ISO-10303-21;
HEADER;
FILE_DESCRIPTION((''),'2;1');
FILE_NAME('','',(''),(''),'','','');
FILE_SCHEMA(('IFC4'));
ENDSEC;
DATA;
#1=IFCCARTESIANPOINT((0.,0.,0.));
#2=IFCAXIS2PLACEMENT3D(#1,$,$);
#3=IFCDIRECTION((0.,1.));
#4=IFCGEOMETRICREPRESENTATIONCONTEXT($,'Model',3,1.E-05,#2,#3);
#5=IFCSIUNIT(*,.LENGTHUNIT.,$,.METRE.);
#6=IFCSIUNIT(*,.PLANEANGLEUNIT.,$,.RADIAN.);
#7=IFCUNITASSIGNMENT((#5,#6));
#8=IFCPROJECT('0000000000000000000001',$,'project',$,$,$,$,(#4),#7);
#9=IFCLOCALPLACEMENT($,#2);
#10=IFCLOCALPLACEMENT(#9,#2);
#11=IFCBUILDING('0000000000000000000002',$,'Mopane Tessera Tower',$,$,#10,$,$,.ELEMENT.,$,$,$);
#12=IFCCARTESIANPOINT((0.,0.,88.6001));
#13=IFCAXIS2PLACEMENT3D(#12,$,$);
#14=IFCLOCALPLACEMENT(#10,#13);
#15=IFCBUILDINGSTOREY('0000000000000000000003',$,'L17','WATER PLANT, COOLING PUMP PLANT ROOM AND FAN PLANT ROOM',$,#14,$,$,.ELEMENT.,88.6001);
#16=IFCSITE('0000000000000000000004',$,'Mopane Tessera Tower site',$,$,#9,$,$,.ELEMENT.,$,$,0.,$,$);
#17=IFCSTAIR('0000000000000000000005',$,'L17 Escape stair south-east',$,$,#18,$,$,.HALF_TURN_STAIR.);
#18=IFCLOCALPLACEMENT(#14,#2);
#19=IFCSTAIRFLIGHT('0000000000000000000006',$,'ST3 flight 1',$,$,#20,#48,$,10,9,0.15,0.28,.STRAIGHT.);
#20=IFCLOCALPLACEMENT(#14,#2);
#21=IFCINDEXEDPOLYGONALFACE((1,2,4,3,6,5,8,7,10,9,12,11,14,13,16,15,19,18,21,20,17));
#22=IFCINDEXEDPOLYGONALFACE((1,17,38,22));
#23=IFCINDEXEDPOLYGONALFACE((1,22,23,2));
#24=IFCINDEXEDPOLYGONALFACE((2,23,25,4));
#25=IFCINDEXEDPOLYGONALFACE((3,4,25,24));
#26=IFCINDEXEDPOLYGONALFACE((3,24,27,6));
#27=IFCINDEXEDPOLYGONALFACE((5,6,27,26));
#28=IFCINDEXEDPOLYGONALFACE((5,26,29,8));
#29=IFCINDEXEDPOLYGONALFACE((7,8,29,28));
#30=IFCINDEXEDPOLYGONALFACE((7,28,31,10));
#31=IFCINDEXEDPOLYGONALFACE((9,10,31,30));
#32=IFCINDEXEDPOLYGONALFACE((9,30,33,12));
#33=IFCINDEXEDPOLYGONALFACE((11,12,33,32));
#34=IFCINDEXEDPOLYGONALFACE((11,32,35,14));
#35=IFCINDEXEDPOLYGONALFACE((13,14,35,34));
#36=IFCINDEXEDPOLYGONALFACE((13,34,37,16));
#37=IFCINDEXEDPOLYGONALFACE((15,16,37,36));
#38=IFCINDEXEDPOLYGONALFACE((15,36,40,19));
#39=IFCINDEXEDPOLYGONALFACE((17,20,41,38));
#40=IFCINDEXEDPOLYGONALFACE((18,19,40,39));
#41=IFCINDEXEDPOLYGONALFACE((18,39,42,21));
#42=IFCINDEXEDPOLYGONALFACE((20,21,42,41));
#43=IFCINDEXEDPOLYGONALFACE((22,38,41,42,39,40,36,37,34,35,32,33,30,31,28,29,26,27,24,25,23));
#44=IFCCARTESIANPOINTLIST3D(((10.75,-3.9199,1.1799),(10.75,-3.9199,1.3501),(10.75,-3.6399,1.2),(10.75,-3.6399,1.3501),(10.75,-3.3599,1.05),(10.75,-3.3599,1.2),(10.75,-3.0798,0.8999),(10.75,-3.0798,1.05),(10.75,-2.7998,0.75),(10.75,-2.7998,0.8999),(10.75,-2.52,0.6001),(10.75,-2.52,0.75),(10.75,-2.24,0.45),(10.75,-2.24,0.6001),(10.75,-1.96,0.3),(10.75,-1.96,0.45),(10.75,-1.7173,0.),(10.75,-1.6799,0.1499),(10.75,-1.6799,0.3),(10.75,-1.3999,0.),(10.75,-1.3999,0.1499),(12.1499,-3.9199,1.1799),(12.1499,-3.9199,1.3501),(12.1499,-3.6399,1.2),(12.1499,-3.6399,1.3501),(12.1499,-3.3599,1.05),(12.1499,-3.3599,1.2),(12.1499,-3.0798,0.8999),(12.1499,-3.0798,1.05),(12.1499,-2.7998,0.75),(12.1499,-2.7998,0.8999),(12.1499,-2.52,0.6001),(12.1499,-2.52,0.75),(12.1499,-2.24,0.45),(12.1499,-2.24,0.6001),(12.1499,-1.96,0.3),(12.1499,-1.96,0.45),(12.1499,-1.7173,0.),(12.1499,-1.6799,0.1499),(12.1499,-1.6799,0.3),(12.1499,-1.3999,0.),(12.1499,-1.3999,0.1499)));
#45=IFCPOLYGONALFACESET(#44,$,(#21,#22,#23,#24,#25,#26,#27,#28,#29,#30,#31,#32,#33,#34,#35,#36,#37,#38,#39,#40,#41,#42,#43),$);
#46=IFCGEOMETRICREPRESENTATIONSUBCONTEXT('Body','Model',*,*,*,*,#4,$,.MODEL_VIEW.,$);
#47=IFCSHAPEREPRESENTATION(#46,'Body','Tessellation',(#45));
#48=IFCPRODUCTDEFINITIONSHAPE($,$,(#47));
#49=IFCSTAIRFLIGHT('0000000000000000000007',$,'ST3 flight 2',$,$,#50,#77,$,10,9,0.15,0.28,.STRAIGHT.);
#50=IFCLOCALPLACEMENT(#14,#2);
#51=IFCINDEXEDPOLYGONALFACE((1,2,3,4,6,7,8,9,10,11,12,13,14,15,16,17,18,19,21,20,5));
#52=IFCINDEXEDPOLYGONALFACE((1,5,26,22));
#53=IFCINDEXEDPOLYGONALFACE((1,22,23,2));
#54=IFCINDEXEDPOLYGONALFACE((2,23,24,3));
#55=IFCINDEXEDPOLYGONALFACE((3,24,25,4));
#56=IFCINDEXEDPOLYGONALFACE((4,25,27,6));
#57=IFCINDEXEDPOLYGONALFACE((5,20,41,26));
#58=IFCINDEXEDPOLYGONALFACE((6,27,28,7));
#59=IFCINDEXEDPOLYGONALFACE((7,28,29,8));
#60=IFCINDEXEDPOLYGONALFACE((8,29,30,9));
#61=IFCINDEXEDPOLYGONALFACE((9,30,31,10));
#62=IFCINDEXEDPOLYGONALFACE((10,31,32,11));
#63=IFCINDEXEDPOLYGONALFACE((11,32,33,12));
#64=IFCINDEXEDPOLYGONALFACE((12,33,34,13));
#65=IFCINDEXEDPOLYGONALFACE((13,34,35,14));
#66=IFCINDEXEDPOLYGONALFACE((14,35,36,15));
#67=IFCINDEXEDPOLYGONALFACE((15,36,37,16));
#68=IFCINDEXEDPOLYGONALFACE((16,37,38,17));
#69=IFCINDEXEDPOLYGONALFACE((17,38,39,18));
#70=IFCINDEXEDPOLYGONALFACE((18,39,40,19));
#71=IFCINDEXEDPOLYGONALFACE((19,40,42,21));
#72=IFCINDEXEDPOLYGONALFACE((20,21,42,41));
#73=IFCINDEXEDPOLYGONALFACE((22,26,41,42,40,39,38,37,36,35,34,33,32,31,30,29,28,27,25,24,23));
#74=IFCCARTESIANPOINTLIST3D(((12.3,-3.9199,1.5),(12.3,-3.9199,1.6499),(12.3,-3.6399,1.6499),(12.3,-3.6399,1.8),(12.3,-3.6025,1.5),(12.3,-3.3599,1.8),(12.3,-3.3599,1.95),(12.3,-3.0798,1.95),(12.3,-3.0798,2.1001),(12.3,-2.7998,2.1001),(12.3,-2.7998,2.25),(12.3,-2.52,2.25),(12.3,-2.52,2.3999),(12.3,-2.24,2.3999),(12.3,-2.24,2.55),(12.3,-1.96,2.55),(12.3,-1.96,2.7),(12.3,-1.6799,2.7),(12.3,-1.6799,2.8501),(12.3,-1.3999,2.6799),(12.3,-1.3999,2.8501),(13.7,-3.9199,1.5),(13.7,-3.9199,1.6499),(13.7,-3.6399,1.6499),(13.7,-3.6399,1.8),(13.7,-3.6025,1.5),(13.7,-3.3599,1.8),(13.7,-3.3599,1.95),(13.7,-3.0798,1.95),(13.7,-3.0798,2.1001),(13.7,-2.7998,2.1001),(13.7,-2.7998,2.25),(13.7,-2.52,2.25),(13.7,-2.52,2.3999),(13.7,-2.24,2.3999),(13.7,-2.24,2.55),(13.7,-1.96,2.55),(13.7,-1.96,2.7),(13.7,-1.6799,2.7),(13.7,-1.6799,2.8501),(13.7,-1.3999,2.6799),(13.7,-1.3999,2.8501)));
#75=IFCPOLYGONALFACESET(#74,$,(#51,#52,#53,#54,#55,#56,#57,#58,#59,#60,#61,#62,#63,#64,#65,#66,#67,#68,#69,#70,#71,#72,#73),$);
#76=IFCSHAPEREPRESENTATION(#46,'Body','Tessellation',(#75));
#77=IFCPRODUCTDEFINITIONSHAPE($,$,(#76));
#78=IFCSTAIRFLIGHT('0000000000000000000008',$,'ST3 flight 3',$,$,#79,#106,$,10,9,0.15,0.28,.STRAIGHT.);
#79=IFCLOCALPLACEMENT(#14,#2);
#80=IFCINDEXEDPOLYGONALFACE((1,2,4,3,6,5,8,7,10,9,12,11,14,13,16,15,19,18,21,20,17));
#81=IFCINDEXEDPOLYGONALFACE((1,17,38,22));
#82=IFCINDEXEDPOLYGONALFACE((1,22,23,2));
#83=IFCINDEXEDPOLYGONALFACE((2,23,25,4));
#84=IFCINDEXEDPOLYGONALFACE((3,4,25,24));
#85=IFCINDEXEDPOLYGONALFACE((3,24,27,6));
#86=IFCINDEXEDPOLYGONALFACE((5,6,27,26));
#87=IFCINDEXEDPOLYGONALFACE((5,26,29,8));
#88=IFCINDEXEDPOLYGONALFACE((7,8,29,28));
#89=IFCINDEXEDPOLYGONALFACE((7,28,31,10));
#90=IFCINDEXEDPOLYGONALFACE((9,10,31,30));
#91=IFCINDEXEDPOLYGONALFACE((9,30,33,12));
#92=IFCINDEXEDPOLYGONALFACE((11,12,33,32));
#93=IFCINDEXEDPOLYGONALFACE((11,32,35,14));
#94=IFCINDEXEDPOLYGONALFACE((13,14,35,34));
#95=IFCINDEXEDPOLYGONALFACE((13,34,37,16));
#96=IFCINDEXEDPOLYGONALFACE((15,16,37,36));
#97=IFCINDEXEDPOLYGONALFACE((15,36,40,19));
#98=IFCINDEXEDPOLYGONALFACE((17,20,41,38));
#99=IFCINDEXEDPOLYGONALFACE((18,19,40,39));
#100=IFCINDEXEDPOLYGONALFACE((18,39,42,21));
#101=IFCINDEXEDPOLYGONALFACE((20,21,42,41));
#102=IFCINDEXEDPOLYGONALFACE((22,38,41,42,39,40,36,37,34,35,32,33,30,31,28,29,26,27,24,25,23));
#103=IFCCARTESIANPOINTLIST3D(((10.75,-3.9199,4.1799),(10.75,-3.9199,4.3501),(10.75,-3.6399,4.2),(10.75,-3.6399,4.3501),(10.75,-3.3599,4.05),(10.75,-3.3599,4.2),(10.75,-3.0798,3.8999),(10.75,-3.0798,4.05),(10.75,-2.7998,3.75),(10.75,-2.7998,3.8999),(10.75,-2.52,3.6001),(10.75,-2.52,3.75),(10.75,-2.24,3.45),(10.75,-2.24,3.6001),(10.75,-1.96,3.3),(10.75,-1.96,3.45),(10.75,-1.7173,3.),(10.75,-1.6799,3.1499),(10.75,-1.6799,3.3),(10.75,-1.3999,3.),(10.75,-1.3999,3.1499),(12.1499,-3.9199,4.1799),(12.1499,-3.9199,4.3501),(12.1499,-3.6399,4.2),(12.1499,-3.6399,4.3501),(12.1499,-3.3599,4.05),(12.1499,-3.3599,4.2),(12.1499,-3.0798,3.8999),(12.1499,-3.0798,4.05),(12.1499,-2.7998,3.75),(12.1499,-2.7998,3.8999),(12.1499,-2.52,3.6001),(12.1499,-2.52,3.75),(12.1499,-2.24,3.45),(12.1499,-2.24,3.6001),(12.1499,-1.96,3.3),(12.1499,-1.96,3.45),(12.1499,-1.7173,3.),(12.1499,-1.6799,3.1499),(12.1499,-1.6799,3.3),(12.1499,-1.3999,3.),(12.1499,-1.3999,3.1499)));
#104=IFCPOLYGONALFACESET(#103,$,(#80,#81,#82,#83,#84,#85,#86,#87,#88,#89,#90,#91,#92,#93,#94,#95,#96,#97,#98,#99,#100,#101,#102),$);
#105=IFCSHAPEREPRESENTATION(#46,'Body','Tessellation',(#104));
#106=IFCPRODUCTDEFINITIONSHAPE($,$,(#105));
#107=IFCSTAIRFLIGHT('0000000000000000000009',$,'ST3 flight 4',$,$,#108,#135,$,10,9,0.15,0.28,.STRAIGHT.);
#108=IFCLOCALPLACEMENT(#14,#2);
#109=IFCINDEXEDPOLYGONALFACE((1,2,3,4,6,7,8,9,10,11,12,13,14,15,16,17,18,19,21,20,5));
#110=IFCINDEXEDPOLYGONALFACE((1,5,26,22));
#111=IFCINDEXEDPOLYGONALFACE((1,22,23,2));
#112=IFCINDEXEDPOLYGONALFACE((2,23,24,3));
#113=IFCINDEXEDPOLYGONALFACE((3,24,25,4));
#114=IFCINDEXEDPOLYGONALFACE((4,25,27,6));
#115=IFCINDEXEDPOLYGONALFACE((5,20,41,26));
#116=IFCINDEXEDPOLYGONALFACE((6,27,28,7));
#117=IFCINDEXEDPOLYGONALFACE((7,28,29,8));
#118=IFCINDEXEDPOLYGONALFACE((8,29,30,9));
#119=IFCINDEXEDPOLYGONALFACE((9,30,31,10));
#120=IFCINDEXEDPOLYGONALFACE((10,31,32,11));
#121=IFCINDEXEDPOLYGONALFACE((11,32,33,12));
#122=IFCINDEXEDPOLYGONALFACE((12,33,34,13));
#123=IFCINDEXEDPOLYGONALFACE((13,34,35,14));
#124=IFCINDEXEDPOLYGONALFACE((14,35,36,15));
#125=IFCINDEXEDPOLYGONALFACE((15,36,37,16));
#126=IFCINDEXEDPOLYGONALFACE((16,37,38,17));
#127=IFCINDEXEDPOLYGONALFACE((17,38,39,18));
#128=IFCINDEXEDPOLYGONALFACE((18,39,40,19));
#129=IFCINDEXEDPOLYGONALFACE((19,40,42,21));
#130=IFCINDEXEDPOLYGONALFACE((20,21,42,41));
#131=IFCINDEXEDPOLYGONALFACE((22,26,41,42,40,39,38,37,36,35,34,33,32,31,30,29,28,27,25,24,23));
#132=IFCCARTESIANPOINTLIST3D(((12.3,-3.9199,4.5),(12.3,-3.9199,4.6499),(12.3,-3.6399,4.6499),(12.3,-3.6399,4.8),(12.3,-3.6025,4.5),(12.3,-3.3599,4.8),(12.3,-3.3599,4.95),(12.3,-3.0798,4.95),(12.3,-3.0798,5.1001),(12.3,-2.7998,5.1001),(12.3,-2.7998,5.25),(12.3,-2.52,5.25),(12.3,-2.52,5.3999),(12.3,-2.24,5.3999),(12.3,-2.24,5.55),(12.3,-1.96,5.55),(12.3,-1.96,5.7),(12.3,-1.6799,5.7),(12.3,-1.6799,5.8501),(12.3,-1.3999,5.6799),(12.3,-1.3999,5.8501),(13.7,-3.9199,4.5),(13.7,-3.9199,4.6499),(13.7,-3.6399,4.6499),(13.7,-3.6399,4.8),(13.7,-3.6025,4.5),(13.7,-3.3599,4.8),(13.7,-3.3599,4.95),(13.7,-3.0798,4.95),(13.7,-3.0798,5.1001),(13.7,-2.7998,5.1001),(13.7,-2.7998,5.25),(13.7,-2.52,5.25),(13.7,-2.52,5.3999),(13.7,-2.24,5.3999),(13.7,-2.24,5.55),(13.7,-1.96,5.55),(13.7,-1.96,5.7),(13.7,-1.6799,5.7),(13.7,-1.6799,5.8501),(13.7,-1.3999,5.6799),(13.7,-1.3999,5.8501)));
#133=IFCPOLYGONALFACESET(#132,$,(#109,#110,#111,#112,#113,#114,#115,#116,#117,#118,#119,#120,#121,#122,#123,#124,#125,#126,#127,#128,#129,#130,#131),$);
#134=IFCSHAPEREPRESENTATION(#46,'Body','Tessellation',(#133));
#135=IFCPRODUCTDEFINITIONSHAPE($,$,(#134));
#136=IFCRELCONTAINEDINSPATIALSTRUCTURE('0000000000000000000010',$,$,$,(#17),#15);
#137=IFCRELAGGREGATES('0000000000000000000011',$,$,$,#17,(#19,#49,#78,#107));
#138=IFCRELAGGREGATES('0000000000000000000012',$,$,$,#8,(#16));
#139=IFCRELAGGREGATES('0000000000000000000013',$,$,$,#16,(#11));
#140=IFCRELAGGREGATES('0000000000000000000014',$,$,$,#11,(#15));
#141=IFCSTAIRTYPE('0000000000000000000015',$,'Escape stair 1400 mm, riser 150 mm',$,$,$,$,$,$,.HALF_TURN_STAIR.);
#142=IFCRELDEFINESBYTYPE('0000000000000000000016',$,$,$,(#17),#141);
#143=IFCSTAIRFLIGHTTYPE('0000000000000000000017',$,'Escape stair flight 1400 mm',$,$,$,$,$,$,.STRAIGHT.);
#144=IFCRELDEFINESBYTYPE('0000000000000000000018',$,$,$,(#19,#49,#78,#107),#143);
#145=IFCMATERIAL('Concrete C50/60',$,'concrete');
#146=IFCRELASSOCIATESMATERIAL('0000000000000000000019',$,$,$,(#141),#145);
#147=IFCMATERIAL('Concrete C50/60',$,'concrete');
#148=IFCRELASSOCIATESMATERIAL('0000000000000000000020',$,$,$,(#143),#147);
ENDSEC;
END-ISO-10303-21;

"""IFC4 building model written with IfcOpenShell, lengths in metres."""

from ifc_helpers import new_model, si_unit, direction, frame, origin, place, context, subcontext, project, spatial, polyline, outline, extrude, material, type_object, element, aggregate, save


model = new_model("IFC4")

# Units and contexts
model_context = context("Model", 3, precision=1e-05, world=origin(), true_north=direction((0.0, 1.0)))
body_context = subcontext(model_context, "Body", "Model", "MODEL_VIEW")
ifc_project = project(units=[si_unit("LENGTHUNIT", "METRE"), si_unit("PLANEANGLEUNIT", "RADIAN")], contexts=[model_context])

# Site, building, storey
site_placement = place(None, origin())
site = spatial("IfcSite", under=ifc_project, at=site_placement, Name="Mopane Tessera Tower site", CompositionType="ELEMENT", RefElevation=0.0)
building_placement = place(site_placement, origin())
building = spatial("IfcBuilding", under=site, at=building_placement, Name="Mopane Tessera Tower", CompositionType="ELEMENT")
storey_placement = place(building_placement, frame((0.0, 0.0, 88.6001)))
storey = spatial("IfcBuildingStorey", under=building, at=storey_placement, Name="L17", Description="WATER PLANT, COOLING PUMP PLANT ROOM AND FAN PLANT ROOM", CompositionType="ELEMENT", Elevation=88.6001)

# Stair, stair flights
ifc_material_1 = material(Name="Concrete C50/60", Category="concrete")
stair_type = type_object("IfcStairType", Name="Escape stair 1400 mm, riser 150 mm", PredefinedType="HALF_TURN_STAIR", material=ifc_material_1)
stair_placement = place(storey_placement, origin())
stair = element("IfcStair", 1, at=stair_placement, inside=storey, type_object=stair_type, Name="L17 Escape stair south-east", PredefinedType="HALF_TURN_STAIR")
ifc_material_2 = material(Name="Concrete C50/60", Category="concrete")
stair_flight_type = type_object("IfcStairFlightType", Name="Escape stair flight 1400 mm", PredefinedType="STRAIGHT", material=ifc_material_2)
stair_flight_1_placement = place(storey_placement, frame((11.45, -1.3999, 0.0), z_axis=(0.0, 0.0, 1.0), x_axis=(0.0, -1.0, 0.0)))
stair_flight_1 = element("IfcStairFlight", 2, at=stair_flight_1_placement, type_object=stair_flight_type, Name="ST3 flight 1", NumberOfRisers=10, NumberOfTreads=9, PredefinedType="STRAIGHT", RiserHeight=0.15, TreadLength=0.28, context=body_context, shape_type="SweptSolid", body=[
    extrude(outline(polyline([(0.0, 0.0), (0.0, 0.1499), (0.28, 0.1499), (0.28, 0.3), (0.5601, 0.3), (0.5601, 0.45), (0.8401, 0.45), (0.8401, 0.6001), (1.1201, 0.6001), (1.1201, 0.75), (1.3999, 0.75), (1.3999, 0.8999), (1.6799, 0.8999), (1.6799, 1.05), (1.96, 1.05), (1.96, 1.2), (2.24, 1.2), (2.24, 1.3501), (2.52, 1.3501), (2.52, 1.5), (2.52, 1.1799), (0.3174, 0.0), (0.0, 0.0)])), frame((0.0, 0.7, 0.0), z_axis=(0.0, -1.0, 0.0), x_axis=(1.0, 0.0, 0.0)), (0.0, 0.0, 1.0), 1.3999),
])
stair_flight_2_placement = place(storey_placement, frame((13.0, -3.9199, 1.5), z_axis=(0.0, 0.0, 1.0), x_axis=(0.0, 1.0, 0.0)))
stair_flight_2 = element("IfcStairFlight", 3, at=stair_flight_2_placement, type_object=stair_flight_type, Name="ST3 flight 2", NumberOfRisers=10, NumberOfTreads=9, PredefinedType="STRAIGHT", RiserHeight=0.15, TreadLength=0.28, context=body_context, shape_type="SweptSolid", body=[
    extrude(outline(polyline([(0.0, 0.0), (0.0, 0.1499), (0.28, 0.1499), (0.28, 0.3), (0.5601, 0.3), (0.5601, 0.45), (0.8401, 0.45), (0.8401, 0.6001), (1.1201, 0.6001), (1.1201, 0.75), (1.3999, 0.75), (1.3999, 0.8999), (1.6799, 0.8999), (1.6799, 1.05), (1.96, 1.05), (1.96, 1.2), (2.24, 1.2), (2.24, 1.3501), (2.52, 1.3501), (2.52, 1.5), (2.52, 1.1799), (0.3174, 0.0), (0.0, 0.0)])), frame((0.0, 0.7, 0.0), z_axis=(0.0, -1.0, 0.0), x_axis=(1.0, 0.0, 0.0)), (0.0, 0.0, 1.0), 1.3999),
])
stair_flight_3_placement = place(storey_placement, frame((11.45, -1.3999, 3.0), z_axis=(0.0, 0.0, 1.0), x_axis=(0.0, -1.0, 0.0)))
stair_flight_3 = element("IfcStairFlight", 4, at=stair_flight_3_placement, type_object=stair_flight_type, Name="ST3 flight 3", NumberOfRisers=10, NumberOfTreads=9, PredefinedType="STRAIGHT", RiserHeight=0.15, TreadLength=0.28, context=body_context, shape_type="SweptSolid", body=[
    extrude(outline(polyline([(0.0, 0.0), (0.0, 0.1499), (0.28, 0.1499), (0.28, 0.3), (0.5601, 0.3), (0.5601, 0.45), (0.8401, 0.45), (0.8401, 0.6001), (1.1201, 0.6001), (1.1201, 0.75), (1.3999, 0.75), (1.3999, 0.8999), (1.6799, 0.8999), (1.6799, 1.05), (1.96, 1.05), (1.96, 1.2), (2.24, 1.2), (2.24, 1.3501), (2.52, 1.3501), (2.52, 1.5), (2.52, 1.1799), (0.3174, 0.0), (0.0, 0.0)])), frame((0.0, 0.7, 0.0), z_axis=(0.0, -1.0, 0.0), x_axis=(1.0, 0.0, 0.0)), (0.0, 0.0, 1.0), 1.3999),
])
stair_flight_4_placement = place(storey_placement, frame((13.0, -3.9199, 4.5), z_axis=(0.0, 0.0, 1.0), x_axis=(0.0, 1.0, 0.0)))
stair_flight_4 = element("IfcStairFlight", 5, at=stair_flight_4_placement, type_object=stair_flight_type, Name="ST3 flight 4", NumberOfRisers=10, NumberOfTreads=9, PredefinedType="STRAIGHT", RiserHeight=0.15, TreadLength=0.28, context=body_context, shape_type="SweptSolid", body=[
    extrude(outline(polyline([(0.0, 0.0), (0.0, 0.1499), (0.28, 0.1499), (0.28, 0.3), (0.5601, 0.3), (0.5601, 0.45), (0.8401, 0.45), (0.8401, 0.6001), (1.1201, 0.6001), (1.1201, 0.75), (1.3999, 0.75), (1.3999, 0.8999), (1.6799, 0.8999), (1.6799, 1.05), (1.96, 1.05), (1.96, 1.2), (2.24, 1.2), (2.24, 1.3501), (2.52, 1.3501), (2.52, 1.5), (2.52, 1.1799), (0.3174, 0.0), (0.0, 0.0)])), frame((0.0, 0.7, 0.0), z_axis=(0.0, -1.0, 0.0), x_axis=(1.0, 0.0, 0.0)), (0.0, 0.0, 1.0), 1.3999),
])
aggregate(stair, [stair_flight_1, stair_flight_2, stair_flight_3, stair_flight_4])

save(model, "model.ifc")
